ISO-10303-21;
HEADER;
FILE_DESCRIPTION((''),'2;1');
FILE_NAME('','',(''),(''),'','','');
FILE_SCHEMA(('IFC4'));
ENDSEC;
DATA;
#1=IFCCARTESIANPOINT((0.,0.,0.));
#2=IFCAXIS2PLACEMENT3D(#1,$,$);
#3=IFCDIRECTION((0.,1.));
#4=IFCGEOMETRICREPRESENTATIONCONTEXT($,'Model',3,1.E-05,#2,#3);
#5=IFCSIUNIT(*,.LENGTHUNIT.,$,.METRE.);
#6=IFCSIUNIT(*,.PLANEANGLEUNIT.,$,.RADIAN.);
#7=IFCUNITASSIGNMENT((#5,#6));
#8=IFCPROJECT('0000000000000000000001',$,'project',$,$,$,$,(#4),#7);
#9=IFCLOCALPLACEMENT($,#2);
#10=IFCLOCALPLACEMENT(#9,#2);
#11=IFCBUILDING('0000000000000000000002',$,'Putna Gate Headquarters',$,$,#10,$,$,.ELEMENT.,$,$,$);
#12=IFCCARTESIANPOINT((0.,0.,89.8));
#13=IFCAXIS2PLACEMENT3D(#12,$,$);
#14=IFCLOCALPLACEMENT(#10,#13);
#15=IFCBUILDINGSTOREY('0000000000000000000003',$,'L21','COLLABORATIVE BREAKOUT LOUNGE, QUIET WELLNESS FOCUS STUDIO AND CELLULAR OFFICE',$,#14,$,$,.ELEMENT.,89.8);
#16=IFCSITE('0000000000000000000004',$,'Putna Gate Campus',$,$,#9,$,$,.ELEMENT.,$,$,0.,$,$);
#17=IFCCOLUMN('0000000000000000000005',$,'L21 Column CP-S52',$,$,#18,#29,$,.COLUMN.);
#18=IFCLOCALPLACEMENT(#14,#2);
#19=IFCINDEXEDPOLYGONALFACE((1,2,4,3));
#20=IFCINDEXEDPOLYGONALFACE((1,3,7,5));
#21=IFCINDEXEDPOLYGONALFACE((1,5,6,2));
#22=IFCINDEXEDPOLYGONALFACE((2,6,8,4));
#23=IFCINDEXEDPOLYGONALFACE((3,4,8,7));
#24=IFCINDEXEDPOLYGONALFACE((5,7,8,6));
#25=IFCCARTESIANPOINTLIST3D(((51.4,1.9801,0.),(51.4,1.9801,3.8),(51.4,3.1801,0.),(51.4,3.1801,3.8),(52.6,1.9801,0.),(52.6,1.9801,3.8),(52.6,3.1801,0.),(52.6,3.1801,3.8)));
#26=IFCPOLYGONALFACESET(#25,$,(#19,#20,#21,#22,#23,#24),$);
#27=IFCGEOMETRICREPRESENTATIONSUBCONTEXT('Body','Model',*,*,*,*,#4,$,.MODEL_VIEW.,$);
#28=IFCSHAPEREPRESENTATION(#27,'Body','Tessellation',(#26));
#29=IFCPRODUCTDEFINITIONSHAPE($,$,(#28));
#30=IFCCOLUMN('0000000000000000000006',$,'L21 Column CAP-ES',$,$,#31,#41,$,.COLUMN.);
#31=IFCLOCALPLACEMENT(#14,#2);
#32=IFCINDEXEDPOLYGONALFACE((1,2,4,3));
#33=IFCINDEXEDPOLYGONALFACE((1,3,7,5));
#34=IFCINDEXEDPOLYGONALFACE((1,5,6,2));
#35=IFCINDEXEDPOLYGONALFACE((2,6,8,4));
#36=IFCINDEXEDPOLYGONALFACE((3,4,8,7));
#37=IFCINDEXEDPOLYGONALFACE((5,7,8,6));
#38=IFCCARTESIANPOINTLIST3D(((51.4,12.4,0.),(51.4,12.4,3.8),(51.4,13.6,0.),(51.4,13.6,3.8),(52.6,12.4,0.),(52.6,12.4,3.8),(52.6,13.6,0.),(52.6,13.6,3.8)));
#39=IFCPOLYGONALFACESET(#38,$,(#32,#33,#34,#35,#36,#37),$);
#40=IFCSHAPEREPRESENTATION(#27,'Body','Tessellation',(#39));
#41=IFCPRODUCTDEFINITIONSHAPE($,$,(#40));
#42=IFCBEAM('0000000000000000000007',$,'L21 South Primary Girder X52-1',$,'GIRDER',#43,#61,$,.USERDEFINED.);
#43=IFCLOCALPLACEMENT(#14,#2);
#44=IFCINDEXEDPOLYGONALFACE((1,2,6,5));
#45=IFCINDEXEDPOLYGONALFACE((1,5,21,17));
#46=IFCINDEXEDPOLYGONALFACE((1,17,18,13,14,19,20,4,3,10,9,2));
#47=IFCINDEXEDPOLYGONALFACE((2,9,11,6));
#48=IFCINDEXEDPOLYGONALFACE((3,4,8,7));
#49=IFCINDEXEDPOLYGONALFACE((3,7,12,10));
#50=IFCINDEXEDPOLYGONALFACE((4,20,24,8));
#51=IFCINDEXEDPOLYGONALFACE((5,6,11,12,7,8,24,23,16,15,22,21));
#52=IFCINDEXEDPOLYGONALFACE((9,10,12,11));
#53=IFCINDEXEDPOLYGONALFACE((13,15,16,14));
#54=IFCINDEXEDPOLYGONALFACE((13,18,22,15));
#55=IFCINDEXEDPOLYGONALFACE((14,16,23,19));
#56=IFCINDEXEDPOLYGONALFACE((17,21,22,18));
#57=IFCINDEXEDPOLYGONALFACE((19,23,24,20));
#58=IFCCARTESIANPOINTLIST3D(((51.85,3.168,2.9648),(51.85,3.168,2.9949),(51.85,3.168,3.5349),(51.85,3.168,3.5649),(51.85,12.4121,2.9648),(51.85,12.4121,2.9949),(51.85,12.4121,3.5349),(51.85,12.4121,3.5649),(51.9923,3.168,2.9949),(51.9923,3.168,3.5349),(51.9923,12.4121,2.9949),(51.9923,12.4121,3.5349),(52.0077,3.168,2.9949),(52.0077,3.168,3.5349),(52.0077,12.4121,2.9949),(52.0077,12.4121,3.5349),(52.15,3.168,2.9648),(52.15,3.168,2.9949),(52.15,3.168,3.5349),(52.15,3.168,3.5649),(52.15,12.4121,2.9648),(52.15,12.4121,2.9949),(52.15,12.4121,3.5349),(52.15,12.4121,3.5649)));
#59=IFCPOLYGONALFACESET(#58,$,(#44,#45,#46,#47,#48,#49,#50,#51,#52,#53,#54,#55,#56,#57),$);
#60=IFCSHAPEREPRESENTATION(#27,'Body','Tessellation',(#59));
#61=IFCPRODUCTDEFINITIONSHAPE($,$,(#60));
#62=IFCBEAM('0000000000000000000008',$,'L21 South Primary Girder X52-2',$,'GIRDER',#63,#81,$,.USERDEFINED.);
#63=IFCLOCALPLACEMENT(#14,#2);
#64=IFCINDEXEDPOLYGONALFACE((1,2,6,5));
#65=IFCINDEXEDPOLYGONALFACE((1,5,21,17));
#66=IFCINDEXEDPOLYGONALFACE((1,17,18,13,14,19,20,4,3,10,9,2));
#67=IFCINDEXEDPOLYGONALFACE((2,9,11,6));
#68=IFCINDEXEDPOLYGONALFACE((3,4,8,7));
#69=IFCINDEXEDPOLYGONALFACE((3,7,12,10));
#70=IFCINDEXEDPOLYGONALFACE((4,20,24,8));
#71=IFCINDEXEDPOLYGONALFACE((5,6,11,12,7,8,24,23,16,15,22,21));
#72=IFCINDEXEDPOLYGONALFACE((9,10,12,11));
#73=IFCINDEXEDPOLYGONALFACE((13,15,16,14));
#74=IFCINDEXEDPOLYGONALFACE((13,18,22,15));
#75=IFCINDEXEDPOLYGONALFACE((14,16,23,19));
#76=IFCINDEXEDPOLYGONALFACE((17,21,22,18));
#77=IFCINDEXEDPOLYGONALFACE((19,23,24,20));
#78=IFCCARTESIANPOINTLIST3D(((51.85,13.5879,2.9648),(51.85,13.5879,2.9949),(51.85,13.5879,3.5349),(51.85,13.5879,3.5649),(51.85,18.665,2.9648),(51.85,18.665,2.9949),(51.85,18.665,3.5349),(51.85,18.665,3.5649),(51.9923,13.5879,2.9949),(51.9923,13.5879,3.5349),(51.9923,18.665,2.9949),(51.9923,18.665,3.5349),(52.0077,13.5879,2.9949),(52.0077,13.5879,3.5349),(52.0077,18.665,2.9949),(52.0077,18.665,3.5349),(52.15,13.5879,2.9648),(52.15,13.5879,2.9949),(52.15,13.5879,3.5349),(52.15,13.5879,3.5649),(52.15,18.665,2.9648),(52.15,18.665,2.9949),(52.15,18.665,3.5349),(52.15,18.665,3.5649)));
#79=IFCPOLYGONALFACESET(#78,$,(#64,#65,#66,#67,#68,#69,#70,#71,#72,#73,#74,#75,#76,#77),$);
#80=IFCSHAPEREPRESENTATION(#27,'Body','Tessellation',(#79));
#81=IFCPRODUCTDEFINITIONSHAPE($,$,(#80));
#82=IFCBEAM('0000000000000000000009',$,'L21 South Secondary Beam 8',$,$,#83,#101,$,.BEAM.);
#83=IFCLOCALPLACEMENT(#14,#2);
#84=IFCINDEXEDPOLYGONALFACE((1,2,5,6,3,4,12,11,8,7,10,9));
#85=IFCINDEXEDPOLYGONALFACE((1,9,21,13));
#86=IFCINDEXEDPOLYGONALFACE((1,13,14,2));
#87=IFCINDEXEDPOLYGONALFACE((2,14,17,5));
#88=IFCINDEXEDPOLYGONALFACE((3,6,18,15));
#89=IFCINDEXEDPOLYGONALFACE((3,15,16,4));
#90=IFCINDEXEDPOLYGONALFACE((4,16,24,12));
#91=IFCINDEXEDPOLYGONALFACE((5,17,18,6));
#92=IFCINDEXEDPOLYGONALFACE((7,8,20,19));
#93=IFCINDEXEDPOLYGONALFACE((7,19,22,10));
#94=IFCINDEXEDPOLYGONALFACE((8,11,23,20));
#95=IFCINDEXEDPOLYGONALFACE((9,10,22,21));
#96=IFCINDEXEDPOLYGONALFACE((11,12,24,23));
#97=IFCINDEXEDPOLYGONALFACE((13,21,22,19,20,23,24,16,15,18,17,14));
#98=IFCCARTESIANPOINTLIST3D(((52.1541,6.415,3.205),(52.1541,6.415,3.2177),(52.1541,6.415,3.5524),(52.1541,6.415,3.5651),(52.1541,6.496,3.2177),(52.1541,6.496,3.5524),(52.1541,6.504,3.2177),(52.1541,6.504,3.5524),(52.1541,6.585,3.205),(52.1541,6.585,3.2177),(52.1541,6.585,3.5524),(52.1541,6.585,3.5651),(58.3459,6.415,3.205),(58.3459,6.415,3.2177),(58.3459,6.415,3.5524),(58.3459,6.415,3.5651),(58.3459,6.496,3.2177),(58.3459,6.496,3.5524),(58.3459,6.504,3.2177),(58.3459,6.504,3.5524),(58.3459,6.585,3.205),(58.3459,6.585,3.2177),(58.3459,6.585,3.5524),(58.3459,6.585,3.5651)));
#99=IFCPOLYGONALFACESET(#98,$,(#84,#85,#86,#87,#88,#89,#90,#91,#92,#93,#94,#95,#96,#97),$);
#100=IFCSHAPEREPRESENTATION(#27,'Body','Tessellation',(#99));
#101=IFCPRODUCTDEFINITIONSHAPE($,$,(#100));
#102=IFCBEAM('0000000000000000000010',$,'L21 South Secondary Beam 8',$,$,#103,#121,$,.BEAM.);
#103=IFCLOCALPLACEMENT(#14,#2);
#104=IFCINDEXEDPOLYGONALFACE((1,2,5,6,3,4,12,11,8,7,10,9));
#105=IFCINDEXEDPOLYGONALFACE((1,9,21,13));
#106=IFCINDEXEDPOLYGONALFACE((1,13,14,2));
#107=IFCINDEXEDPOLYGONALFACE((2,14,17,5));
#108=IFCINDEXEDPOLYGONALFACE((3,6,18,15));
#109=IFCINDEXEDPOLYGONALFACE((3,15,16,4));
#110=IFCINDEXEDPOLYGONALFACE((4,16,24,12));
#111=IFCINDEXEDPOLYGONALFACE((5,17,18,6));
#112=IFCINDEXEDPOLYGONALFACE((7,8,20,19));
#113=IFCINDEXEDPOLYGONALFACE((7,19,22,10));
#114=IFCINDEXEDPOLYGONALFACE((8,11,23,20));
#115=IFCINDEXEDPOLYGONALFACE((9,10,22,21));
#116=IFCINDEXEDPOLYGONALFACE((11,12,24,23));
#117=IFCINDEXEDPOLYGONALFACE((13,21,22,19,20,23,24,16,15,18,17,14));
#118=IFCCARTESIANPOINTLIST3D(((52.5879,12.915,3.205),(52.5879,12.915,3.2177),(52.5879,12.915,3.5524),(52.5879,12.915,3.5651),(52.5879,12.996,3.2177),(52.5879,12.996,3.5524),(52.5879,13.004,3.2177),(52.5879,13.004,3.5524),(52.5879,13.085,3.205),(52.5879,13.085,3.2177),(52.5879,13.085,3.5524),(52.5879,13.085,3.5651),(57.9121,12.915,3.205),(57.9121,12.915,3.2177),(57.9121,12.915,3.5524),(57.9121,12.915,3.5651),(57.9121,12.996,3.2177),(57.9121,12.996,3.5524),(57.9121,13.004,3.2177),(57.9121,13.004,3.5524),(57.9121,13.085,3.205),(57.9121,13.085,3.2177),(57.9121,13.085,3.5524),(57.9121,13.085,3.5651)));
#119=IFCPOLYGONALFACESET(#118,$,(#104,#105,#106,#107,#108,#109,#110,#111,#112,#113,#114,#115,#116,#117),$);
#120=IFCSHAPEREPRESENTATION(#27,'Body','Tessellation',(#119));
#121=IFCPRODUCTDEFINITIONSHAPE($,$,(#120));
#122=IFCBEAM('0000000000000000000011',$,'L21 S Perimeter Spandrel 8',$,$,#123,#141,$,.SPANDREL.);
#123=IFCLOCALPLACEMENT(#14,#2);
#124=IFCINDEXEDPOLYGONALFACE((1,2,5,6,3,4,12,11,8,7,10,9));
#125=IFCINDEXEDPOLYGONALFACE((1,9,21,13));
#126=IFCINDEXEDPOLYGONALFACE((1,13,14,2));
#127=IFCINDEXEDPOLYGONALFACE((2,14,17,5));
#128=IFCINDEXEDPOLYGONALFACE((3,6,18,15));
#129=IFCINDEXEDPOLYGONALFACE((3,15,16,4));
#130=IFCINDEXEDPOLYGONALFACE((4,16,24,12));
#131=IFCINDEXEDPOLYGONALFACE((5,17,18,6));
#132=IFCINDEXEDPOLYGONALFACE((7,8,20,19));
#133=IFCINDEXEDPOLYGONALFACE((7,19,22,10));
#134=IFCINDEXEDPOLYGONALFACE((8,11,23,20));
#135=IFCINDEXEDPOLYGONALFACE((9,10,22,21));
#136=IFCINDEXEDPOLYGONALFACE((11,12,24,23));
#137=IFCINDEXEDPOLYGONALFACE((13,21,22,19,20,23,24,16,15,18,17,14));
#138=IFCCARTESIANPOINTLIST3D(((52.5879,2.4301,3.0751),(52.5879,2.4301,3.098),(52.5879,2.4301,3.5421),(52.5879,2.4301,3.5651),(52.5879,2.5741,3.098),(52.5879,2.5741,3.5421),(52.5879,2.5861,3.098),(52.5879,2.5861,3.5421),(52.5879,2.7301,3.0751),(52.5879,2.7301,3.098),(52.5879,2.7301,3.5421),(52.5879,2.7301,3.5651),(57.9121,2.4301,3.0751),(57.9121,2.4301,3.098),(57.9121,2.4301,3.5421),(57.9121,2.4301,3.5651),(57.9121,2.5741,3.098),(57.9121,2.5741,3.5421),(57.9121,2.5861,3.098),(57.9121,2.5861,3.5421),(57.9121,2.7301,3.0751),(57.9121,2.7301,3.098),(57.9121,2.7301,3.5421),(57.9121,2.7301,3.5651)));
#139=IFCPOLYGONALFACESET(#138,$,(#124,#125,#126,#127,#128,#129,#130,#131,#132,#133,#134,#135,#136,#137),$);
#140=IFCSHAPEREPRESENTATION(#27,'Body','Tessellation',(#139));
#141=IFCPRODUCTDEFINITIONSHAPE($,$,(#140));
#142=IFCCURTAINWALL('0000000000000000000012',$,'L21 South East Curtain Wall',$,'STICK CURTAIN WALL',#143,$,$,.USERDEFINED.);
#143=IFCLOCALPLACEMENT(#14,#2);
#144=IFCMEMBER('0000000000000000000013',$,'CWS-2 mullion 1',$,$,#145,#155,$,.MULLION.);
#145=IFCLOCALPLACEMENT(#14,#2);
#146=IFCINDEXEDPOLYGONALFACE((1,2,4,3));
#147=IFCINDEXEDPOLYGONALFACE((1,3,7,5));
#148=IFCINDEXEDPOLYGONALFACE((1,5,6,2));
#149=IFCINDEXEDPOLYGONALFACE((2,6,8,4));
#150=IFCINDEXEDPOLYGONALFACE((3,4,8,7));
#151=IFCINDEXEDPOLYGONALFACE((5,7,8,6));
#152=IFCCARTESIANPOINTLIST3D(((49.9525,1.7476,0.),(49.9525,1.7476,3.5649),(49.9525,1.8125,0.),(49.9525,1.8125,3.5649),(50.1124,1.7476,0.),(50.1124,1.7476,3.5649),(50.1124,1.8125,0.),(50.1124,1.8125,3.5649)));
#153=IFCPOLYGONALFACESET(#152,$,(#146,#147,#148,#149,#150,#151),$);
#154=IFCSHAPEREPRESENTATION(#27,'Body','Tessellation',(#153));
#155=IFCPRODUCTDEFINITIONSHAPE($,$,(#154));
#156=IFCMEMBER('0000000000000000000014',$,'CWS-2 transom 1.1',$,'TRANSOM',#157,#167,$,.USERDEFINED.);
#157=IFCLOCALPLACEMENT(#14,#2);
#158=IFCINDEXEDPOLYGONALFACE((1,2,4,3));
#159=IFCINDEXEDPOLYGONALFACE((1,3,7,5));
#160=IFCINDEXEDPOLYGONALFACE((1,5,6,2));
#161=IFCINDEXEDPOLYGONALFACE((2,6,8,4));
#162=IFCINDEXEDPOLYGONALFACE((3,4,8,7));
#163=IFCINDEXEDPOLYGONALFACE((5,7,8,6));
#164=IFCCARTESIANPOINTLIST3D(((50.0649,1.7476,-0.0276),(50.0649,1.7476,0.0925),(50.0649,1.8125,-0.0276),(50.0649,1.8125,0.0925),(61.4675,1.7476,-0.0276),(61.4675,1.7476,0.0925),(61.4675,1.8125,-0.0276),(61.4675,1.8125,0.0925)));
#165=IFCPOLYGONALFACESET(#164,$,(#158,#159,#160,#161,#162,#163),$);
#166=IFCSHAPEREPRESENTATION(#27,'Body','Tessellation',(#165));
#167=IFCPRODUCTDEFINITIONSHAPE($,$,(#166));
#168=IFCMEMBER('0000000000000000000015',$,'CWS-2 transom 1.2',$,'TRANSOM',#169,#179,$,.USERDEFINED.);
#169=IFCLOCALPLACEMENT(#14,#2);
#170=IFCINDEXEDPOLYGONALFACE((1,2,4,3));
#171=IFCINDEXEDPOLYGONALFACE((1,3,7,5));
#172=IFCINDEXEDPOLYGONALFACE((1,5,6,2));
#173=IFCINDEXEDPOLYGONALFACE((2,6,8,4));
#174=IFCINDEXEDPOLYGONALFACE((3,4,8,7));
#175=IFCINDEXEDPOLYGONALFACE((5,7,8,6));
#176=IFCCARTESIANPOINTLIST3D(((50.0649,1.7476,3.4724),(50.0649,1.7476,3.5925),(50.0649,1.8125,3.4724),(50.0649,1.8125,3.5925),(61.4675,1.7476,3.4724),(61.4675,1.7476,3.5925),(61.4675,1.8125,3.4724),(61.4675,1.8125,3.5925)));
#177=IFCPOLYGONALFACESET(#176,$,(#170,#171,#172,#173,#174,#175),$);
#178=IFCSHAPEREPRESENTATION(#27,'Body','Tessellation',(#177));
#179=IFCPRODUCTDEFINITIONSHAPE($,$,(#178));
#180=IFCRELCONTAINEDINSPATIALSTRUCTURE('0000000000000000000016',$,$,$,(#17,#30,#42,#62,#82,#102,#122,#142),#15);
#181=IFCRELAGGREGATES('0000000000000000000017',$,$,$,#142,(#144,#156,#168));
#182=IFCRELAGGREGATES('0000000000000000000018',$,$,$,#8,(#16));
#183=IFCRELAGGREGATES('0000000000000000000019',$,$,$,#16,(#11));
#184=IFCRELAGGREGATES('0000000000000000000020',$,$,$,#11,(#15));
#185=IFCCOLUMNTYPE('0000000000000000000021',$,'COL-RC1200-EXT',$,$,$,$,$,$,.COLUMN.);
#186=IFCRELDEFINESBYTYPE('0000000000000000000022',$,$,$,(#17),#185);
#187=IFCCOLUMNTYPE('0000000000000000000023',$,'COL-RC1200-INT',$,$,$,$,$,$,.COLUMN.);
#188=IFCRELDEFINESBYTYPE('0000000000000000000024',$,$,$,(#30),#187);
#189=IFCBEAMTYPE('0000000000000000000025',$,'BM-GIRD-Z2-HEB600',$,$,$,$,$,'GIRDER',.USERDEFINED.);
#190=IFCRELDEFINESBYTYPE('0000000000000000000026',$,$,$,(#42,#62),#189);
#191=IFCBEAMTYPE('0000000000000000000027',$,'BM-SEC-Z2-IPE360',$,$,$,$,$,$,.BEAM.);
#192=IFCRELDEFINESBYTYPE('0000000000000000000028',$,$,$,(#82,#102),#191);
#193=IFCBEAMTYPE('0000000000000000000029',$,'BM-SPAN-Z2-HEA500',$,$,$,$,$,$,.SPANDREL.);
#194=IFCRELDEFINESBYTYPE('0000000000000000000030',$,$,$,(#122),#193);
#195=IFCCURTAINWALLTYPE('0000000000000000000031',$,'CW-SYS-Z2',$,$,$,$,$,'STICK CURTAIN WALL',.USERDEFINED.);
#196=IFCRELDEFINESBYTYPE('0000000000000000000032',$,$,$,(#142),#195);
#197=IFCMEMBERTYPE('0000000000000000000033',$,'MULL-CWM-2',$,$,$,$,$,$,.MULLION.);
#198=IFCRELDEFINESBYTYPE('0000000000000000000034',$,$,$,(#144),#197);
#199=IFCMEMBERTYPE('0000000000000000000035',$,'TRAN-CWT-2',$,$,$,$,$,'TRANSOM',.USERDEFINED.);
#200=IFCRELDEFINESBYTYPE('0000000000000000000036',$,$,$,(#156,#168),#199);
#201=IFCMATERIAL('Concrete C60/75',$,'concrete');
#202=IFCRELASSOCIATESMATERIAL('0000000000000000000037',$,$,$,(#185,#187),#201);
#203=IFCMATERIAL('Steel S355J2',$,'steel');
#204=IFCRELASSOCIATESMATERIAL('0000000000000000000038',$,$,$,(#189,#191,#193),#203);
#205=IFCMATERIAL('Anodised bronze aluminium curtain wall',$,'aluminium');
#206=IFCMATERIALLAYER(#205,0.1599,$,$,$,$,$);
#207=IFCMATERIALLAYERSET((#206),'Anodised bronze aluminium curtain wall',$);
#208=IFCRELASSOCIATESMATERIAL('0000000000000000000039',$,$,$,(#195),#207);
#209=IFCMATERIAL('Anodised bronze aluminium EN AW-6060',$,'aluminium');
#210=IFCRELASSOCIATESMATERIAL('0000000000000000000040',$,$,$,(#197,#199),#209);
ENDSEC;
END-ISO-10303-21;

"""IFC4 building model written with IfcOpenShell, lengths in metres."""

from ifc_helpers import new_model, si_unit, direction, frame, origin, origin_2d, place, context, subcontext, project, spatial, rectangle, i_section, extrude, material, layer, layer_set, material_profile, profile_set, type_object, element, aggregate, save


model = new_model("IFC4")

# Units and contexts
model_context = context("Model", 3, precision=1e-05, world=origin(), true_north=direction((0.0, 1.0)))
body_context = subcontext(model_context, "Body", "Model", "MODEL_VIEW")
ifc_project = project(units=[si_unit("LENGTHUNIT", "METRE"), si_unit("PLANEANGLEUNIT", "RADIAN")], contexts=[model_context])

# Site, building, storey
site_placement = place(None, origin())
site = spatial("IfcSite", under=ifc_project, at=site_placement, Name="Putna Gate Campus", CompositionType="ELEMENT", RefElevation=0.0)
building_placement = place(site_placement, origin())
building = spatial("IfcBuilding", under=site, at=building_placement, Name="Putna Gate Headquarters", CompositionType="ELEMENT")
storey_placement = place(building_placement, frame((0.0, 0.0, 89.8)))
storey = spatial("IfcBuildingStorey", under=building, at=storey_placement, Name="L21", Description="COLLABORATIVE BREAKOUT LOUNGE, QUIET WELLNESS FOCUS STUDIO AND CELLULAR OFFICE", CompositionType="ELEMENT", Elevation=89.8)

# Columns
ifc_material_1 = material(Name="Concrete C60/75", Category="concrete")
ifc_material_profile_1 = material_profile(ifc_material_1, rectangle(XDim=1.2, YDim=1.2, at=origin_2d()), Name="Concrete C60/75")
ifc_profile_set_1 = profile_set([ifc_material_profile_1], Name="Concrete C60/75")
column_type_1 = type_object("IfcColumnType", Name="COL-RC1200-EXT", PredefinedType="COLUMN", material=ifc_profile_set_1)
column_1_placement = place(storey_placement, frame((52.0, 2.5801, 0.0), z_axis=(0.0, 0.0, 1.0), x_axis=(1.0, 0.0, 0.0)))
element("IfcColumn", 1, at=column_1_placement, inside=storey, type_object=column_type_1, Name="L21 Column CP-S52", PredefinedType="COLUMN", context=body_context, shape_type="SweptSolid", body=[
    extrude(rectangle(XDim=1.2, YDim=1.2, at=origin_2d()), origin(), (0.0, 0.0, 1.0), 3.8),
])
ifc_material_profile_2 = material_profile(ifc_material_1, rectangle(XDim=1.2, YDim=1.2, at=origin_2d()), Name="Concrete C60/75")
ifc_profile_set_2 = profile_set([ifc_material_profile_2], Name="Concrete C60/75")
column_type_2 = type_object("IfcColumnType", Name="COL-RC1200-INT", PredefinedType="COLUMN", material=ifc_profile_set_2)
column_2_placement = place(storey_placement, frame((52.0, 13.0, 0.0), z_axis=(0.0, 0.0, 1.0), x_axis=(1.0, 0.0, 0.0)))
element("IfcColumn", 2, at=column_2_placement, inside=storey, type_object=column_type_2, Name="L21 Column CAP-ES", PredefinedType="COLUMN", context=body_context, shape_type="SweptSolid", body=[
    extrude(rectangle(XDim=1.2, YDim=1.2, at=origin_2d()), origin(), (0.0, 0.0, 1.0), 3.8),
])

# Beams
ifc_material_2 = material(Name="Steel S355J2", Category="steel")
ifc_material_profile_3 = material_profile(ifc_material_2, i_section(OverallWidth=0.3, OverallDepth=0.6001, WebThickness=0.0154, FlangeThickness=0.03, at=origin_2d()), Name="Steel S355J2")
ifc_profile_set_3 = profile_set([ifc_material_profile_3], Name="Steel S355J2")
beam_type_1 = type_object("IfcBeamType", Name="BM-GIRD-Z2-HEB600", ElementType="GIRDER", PredefinedType="USERDEFINED", material=ifc_profile_set_3)
beam_1_placement = place(storey_placement, frame((52.0, 3.168, 3.2649), z_axis=(0.0, 1.0, 0.0), x_axis=(-1.0, 0.0, 0.0)))
element("IfcBeam", 3, at=beam_1_placement, inside=storey, type_object=beam_type_1, Name="L21 South Primary Girder X52-1", ObjectType="GIRDER", PredefinedType="USERDEFINED", context=body_context, shape_type="SweptSolid", body=[
    extrude(i_section(OverallWidth=0.3, OverallDepth=0.6001, WebThickness=0.0154, FlangeThickness=0.03, at=origin_2d()), origin(), (0.0, 0.0, 1.0), 9.2441),
])
beam_2_placement = place(storey_placement, frame((52.0, 13.5879, 3.2649), z_axis=(0.0, 1.0, 0.0), x_axis=(-1.0, 0.0, 0.0)))
element("IfcBeam", 4, at=beam_2_placement, inside=storey, type_object=beam_type_1, Name="L21 South Primary Girder X52-2", ObjectType="GIRDER", PredefinedType="USERDEFINED", context=body_context, shape_type="SweptSolid", body=[
    extrude(i_section(OverallWidth=0.3, OverallDepth=0.6001, WebThickness=0.0154, FlangeThickness=0.03, at=origin_2d()), origin(), (0.0, 0.0, 1.0), 5.0771),
])
ifc_material_profile_4 = material_profile(ifc_material_2, i_section(OverallWidth=0.1699, OverallDepth=0.3601, WebThickness=0.0081, FlangeThickness=0.0127, at=origin_2d()), Name="Steel S355J2")
ifc_profile_set_4 = profile_set([ifc_material_profile_4], Name="Steel S355J2")
beam_type_2 = type_object("IfcBeamType", Name="BM-SEC-Z2-IPE360", PredefinedType="BEAM", material=ifc_profile_set_4)
beam_3_placement = place(storey_placement, frame((52.1541, 6.5, 3.385), z_axis=(1.0, 0.0, 0.0), x_axis=(0.0, 1.0, 0.0)))
element("IfcBeam", 5, at=beam_3_placement, inside=storey, type_object=beam_type_2, Name="L21 South Secondary Beam 8", PredefinedType="BEAM", context=body_context, shape_type="SweptSolid", body=[
    extrude(i_section(OverallWidth=0.1699, OverallDepth=0.3601, WebThickness=0.0081, FlangeThickness=0.0127, at=origin_2d()), origin(), (0.0, 0.0, 1.0), 6.1919),
])
beam_4_placement = place(storey_placement, frame((52.5879, 13.0, 3.385), z_axis=(1.0, 0.0, 0.0), x_axis=(0.0, 1.0, 0.0)))
element("IfcBeam", 6, at=beam_4_placement, inside=storey, type_object=beam_type_2, Name="L21 South Secondary Beam 8", PredefinedType="BEAM", context=body_context, shape_type="SweptSolid", body=[
    extrude(i_section(OverallWidth=0.1699, OverallDepth=0.3601, WebThickness=0.0081, FlangeThickness=0.0127, at=origin_2d()), origin(), (0.0, 0.0, 1.0), 5.3242),
])
ifc_material_profile_5 = material_profile(ifc_material_2, i_section(OverallWidth=0.3, OverallDepth=0.49, WebThickness=0.012, FlangeThickness=0.0229, at=origin_2d()), Name="Steel S355J2")
ifc_profile_set_5 = profile_set([ifc_material_profile_5], Name="Steel S355J2")
beam_type_3 = type_object("IfcBeamType", Name="BM-SPAN-Z2-HEA500", PredefinedType="SPANDREL", material=ifc_profile_set_5)
beam_5_placement = place(storey_placement, frame((52.5879, 2.5801, 3.3201), z_axis=(1.0, 0.0, 0.0), x_axis=(0.0, 1.0, 0.0)))
element("IfcBeam", 7, at=beam_5_placement, inside=storey, type_object=beam_type_3, Name="L21 S Perimeter Spandrel 8", PredefinedType="SPANDREL", context=body_context, shape_type="SweptSolid", body=[
    extrude(i_section(OverallWidth=0.3, OverallDepth=0.49, WebThickness=0.012, FlangeThickness=0.0229, at=origin_2d()), origin(), (0.0, 0.0, 1.0), 5.3242),
])

# Curtain wall, members
ifc_material_3 = material(Name="Anodised bronze aluminium curtain wall", Category="aluminium")
ifc_layer_1 = layer(ifc_material_3, 0.1599)
ifc_layer_set_1 = layer_set([ifc_layer_1], Name="Anodised bronze aluminium curtain wall")
curtain_wall_type = type_object("IfcCurtainWallType", Name="CW-SYS-Z2", ElementType="STICK CURTAIN WALL", PredefinedType="USERDEFINED", material=ifc_layer_set_1)
curtain_wall_placement = place(storey_placement, origin())
curtain_wall = element("IfcCurtainWall", 8, at=curtain_wall_placement, inside=storey, type_object=curtain_wall_type, Name="L21 South East Curtain Wall", ObjectType="STICK CURTAIN WALL", PredefinedType="USERDEFINED")
ifc_material_4 = material(Name="Anodised bronze aluminium EN AW-6060", Category="aluminium")
ifc_material_profile_6 = material_profile(ifc_material_4, rectangle(XDim=0.0649, YDim=0.1599, at=origin_2d()), Name="Anodised bronze aluminium EN AW-6060")
ifc_profile_set_6 = profile_set([ifc_material_profile_6], Name="Anodised bronze aluminium EN AW-6060")
member_type_1 = type_object("IfcMemberType", Name="MULL-CWM-2", PredefinedType="MULLION", material=ifc_profile_set_6)
member_1_placement = place(storey_placement, frame((50.0325, 1.78, 0.0), z_axis=(0.0, 0.0, 1.0), x_axis=(0.0, 1.0, 0.0)))
member_1 = element("IfcMember", 9, at=member_1_placement, type_object=member_type_1, Name="CWS-2 mullion 1", PredefinedType="MULLION", context=body_context, shape_type="SweptSolid", body=[
    extrude(rectangle(XDim=0.0649, YDim=0.1599, at=origin_2d()), origin(), (0.0, 0.0, 1.0), 3.5649),
])
ifc_material_profile_7 = material_profile(ifc_material_4, rectangle(XDim=0.0649, YDim=0.1201, at=origin_2d()), Name="Anodised bronze aluminium EN AW-6060")
ifc_profile_set_7 = profile_set([ifc_material_profile_7], Name="Anodised bronze aluminium EN AW-6060")
member_type_2 = type_object("IfcMemberType", Name="TRAN-CWT-2", ElementType="TRANSOM", PredefinedType="USERDEFINED", material=ifc_profile_set_7)
member_2_placement = place(storey_placement, frame((50.0649, 1.78, 0.0325), z_axis=(1.0, 0.0, 0.0), x_axis=(0.0, 1.0, 0.0)))
member_2 = element("IfcMember", 10, at=member_2_placement, type_object=member_type_2, Name="CWS-2 transom 1.1", ObjectType="TRANSOM", PredefinedType="USERDEFINED", context=body_context, shape_type="SweptSolid", body=[
    extrude(rectangle(XDim=0.0649, YDim=0.1201, at=origin_2d()), origin(), (0.0, 0.0, 1.0), 11.4026),
])
member_3_placement = place(storey_placement, frame((50.0649, 1.78, 3.5325), z_axis=(1.0, 0.0, 0.0), x_axis=(0.0, 1.0, 0.0)))
member_3 = element("IfcMember", 11, at=member_3_placement, type_object=member_type_2, Name="CWS-2 transom 1.2", ObjectType="TRANSOM", PredefinedType="USERDEFINED", context=body_context, shape_type="SweptSolid", body=[
    extrude(rectangle(XDim=0.0649, YDim=0.1201, at=origin_2d()), origin(), (0.0, 0.0, 1.0), 11.4026),
])
aggregate(curtain_wall, [member_1, member_2, member_3])

save(model, "model.ifc")
